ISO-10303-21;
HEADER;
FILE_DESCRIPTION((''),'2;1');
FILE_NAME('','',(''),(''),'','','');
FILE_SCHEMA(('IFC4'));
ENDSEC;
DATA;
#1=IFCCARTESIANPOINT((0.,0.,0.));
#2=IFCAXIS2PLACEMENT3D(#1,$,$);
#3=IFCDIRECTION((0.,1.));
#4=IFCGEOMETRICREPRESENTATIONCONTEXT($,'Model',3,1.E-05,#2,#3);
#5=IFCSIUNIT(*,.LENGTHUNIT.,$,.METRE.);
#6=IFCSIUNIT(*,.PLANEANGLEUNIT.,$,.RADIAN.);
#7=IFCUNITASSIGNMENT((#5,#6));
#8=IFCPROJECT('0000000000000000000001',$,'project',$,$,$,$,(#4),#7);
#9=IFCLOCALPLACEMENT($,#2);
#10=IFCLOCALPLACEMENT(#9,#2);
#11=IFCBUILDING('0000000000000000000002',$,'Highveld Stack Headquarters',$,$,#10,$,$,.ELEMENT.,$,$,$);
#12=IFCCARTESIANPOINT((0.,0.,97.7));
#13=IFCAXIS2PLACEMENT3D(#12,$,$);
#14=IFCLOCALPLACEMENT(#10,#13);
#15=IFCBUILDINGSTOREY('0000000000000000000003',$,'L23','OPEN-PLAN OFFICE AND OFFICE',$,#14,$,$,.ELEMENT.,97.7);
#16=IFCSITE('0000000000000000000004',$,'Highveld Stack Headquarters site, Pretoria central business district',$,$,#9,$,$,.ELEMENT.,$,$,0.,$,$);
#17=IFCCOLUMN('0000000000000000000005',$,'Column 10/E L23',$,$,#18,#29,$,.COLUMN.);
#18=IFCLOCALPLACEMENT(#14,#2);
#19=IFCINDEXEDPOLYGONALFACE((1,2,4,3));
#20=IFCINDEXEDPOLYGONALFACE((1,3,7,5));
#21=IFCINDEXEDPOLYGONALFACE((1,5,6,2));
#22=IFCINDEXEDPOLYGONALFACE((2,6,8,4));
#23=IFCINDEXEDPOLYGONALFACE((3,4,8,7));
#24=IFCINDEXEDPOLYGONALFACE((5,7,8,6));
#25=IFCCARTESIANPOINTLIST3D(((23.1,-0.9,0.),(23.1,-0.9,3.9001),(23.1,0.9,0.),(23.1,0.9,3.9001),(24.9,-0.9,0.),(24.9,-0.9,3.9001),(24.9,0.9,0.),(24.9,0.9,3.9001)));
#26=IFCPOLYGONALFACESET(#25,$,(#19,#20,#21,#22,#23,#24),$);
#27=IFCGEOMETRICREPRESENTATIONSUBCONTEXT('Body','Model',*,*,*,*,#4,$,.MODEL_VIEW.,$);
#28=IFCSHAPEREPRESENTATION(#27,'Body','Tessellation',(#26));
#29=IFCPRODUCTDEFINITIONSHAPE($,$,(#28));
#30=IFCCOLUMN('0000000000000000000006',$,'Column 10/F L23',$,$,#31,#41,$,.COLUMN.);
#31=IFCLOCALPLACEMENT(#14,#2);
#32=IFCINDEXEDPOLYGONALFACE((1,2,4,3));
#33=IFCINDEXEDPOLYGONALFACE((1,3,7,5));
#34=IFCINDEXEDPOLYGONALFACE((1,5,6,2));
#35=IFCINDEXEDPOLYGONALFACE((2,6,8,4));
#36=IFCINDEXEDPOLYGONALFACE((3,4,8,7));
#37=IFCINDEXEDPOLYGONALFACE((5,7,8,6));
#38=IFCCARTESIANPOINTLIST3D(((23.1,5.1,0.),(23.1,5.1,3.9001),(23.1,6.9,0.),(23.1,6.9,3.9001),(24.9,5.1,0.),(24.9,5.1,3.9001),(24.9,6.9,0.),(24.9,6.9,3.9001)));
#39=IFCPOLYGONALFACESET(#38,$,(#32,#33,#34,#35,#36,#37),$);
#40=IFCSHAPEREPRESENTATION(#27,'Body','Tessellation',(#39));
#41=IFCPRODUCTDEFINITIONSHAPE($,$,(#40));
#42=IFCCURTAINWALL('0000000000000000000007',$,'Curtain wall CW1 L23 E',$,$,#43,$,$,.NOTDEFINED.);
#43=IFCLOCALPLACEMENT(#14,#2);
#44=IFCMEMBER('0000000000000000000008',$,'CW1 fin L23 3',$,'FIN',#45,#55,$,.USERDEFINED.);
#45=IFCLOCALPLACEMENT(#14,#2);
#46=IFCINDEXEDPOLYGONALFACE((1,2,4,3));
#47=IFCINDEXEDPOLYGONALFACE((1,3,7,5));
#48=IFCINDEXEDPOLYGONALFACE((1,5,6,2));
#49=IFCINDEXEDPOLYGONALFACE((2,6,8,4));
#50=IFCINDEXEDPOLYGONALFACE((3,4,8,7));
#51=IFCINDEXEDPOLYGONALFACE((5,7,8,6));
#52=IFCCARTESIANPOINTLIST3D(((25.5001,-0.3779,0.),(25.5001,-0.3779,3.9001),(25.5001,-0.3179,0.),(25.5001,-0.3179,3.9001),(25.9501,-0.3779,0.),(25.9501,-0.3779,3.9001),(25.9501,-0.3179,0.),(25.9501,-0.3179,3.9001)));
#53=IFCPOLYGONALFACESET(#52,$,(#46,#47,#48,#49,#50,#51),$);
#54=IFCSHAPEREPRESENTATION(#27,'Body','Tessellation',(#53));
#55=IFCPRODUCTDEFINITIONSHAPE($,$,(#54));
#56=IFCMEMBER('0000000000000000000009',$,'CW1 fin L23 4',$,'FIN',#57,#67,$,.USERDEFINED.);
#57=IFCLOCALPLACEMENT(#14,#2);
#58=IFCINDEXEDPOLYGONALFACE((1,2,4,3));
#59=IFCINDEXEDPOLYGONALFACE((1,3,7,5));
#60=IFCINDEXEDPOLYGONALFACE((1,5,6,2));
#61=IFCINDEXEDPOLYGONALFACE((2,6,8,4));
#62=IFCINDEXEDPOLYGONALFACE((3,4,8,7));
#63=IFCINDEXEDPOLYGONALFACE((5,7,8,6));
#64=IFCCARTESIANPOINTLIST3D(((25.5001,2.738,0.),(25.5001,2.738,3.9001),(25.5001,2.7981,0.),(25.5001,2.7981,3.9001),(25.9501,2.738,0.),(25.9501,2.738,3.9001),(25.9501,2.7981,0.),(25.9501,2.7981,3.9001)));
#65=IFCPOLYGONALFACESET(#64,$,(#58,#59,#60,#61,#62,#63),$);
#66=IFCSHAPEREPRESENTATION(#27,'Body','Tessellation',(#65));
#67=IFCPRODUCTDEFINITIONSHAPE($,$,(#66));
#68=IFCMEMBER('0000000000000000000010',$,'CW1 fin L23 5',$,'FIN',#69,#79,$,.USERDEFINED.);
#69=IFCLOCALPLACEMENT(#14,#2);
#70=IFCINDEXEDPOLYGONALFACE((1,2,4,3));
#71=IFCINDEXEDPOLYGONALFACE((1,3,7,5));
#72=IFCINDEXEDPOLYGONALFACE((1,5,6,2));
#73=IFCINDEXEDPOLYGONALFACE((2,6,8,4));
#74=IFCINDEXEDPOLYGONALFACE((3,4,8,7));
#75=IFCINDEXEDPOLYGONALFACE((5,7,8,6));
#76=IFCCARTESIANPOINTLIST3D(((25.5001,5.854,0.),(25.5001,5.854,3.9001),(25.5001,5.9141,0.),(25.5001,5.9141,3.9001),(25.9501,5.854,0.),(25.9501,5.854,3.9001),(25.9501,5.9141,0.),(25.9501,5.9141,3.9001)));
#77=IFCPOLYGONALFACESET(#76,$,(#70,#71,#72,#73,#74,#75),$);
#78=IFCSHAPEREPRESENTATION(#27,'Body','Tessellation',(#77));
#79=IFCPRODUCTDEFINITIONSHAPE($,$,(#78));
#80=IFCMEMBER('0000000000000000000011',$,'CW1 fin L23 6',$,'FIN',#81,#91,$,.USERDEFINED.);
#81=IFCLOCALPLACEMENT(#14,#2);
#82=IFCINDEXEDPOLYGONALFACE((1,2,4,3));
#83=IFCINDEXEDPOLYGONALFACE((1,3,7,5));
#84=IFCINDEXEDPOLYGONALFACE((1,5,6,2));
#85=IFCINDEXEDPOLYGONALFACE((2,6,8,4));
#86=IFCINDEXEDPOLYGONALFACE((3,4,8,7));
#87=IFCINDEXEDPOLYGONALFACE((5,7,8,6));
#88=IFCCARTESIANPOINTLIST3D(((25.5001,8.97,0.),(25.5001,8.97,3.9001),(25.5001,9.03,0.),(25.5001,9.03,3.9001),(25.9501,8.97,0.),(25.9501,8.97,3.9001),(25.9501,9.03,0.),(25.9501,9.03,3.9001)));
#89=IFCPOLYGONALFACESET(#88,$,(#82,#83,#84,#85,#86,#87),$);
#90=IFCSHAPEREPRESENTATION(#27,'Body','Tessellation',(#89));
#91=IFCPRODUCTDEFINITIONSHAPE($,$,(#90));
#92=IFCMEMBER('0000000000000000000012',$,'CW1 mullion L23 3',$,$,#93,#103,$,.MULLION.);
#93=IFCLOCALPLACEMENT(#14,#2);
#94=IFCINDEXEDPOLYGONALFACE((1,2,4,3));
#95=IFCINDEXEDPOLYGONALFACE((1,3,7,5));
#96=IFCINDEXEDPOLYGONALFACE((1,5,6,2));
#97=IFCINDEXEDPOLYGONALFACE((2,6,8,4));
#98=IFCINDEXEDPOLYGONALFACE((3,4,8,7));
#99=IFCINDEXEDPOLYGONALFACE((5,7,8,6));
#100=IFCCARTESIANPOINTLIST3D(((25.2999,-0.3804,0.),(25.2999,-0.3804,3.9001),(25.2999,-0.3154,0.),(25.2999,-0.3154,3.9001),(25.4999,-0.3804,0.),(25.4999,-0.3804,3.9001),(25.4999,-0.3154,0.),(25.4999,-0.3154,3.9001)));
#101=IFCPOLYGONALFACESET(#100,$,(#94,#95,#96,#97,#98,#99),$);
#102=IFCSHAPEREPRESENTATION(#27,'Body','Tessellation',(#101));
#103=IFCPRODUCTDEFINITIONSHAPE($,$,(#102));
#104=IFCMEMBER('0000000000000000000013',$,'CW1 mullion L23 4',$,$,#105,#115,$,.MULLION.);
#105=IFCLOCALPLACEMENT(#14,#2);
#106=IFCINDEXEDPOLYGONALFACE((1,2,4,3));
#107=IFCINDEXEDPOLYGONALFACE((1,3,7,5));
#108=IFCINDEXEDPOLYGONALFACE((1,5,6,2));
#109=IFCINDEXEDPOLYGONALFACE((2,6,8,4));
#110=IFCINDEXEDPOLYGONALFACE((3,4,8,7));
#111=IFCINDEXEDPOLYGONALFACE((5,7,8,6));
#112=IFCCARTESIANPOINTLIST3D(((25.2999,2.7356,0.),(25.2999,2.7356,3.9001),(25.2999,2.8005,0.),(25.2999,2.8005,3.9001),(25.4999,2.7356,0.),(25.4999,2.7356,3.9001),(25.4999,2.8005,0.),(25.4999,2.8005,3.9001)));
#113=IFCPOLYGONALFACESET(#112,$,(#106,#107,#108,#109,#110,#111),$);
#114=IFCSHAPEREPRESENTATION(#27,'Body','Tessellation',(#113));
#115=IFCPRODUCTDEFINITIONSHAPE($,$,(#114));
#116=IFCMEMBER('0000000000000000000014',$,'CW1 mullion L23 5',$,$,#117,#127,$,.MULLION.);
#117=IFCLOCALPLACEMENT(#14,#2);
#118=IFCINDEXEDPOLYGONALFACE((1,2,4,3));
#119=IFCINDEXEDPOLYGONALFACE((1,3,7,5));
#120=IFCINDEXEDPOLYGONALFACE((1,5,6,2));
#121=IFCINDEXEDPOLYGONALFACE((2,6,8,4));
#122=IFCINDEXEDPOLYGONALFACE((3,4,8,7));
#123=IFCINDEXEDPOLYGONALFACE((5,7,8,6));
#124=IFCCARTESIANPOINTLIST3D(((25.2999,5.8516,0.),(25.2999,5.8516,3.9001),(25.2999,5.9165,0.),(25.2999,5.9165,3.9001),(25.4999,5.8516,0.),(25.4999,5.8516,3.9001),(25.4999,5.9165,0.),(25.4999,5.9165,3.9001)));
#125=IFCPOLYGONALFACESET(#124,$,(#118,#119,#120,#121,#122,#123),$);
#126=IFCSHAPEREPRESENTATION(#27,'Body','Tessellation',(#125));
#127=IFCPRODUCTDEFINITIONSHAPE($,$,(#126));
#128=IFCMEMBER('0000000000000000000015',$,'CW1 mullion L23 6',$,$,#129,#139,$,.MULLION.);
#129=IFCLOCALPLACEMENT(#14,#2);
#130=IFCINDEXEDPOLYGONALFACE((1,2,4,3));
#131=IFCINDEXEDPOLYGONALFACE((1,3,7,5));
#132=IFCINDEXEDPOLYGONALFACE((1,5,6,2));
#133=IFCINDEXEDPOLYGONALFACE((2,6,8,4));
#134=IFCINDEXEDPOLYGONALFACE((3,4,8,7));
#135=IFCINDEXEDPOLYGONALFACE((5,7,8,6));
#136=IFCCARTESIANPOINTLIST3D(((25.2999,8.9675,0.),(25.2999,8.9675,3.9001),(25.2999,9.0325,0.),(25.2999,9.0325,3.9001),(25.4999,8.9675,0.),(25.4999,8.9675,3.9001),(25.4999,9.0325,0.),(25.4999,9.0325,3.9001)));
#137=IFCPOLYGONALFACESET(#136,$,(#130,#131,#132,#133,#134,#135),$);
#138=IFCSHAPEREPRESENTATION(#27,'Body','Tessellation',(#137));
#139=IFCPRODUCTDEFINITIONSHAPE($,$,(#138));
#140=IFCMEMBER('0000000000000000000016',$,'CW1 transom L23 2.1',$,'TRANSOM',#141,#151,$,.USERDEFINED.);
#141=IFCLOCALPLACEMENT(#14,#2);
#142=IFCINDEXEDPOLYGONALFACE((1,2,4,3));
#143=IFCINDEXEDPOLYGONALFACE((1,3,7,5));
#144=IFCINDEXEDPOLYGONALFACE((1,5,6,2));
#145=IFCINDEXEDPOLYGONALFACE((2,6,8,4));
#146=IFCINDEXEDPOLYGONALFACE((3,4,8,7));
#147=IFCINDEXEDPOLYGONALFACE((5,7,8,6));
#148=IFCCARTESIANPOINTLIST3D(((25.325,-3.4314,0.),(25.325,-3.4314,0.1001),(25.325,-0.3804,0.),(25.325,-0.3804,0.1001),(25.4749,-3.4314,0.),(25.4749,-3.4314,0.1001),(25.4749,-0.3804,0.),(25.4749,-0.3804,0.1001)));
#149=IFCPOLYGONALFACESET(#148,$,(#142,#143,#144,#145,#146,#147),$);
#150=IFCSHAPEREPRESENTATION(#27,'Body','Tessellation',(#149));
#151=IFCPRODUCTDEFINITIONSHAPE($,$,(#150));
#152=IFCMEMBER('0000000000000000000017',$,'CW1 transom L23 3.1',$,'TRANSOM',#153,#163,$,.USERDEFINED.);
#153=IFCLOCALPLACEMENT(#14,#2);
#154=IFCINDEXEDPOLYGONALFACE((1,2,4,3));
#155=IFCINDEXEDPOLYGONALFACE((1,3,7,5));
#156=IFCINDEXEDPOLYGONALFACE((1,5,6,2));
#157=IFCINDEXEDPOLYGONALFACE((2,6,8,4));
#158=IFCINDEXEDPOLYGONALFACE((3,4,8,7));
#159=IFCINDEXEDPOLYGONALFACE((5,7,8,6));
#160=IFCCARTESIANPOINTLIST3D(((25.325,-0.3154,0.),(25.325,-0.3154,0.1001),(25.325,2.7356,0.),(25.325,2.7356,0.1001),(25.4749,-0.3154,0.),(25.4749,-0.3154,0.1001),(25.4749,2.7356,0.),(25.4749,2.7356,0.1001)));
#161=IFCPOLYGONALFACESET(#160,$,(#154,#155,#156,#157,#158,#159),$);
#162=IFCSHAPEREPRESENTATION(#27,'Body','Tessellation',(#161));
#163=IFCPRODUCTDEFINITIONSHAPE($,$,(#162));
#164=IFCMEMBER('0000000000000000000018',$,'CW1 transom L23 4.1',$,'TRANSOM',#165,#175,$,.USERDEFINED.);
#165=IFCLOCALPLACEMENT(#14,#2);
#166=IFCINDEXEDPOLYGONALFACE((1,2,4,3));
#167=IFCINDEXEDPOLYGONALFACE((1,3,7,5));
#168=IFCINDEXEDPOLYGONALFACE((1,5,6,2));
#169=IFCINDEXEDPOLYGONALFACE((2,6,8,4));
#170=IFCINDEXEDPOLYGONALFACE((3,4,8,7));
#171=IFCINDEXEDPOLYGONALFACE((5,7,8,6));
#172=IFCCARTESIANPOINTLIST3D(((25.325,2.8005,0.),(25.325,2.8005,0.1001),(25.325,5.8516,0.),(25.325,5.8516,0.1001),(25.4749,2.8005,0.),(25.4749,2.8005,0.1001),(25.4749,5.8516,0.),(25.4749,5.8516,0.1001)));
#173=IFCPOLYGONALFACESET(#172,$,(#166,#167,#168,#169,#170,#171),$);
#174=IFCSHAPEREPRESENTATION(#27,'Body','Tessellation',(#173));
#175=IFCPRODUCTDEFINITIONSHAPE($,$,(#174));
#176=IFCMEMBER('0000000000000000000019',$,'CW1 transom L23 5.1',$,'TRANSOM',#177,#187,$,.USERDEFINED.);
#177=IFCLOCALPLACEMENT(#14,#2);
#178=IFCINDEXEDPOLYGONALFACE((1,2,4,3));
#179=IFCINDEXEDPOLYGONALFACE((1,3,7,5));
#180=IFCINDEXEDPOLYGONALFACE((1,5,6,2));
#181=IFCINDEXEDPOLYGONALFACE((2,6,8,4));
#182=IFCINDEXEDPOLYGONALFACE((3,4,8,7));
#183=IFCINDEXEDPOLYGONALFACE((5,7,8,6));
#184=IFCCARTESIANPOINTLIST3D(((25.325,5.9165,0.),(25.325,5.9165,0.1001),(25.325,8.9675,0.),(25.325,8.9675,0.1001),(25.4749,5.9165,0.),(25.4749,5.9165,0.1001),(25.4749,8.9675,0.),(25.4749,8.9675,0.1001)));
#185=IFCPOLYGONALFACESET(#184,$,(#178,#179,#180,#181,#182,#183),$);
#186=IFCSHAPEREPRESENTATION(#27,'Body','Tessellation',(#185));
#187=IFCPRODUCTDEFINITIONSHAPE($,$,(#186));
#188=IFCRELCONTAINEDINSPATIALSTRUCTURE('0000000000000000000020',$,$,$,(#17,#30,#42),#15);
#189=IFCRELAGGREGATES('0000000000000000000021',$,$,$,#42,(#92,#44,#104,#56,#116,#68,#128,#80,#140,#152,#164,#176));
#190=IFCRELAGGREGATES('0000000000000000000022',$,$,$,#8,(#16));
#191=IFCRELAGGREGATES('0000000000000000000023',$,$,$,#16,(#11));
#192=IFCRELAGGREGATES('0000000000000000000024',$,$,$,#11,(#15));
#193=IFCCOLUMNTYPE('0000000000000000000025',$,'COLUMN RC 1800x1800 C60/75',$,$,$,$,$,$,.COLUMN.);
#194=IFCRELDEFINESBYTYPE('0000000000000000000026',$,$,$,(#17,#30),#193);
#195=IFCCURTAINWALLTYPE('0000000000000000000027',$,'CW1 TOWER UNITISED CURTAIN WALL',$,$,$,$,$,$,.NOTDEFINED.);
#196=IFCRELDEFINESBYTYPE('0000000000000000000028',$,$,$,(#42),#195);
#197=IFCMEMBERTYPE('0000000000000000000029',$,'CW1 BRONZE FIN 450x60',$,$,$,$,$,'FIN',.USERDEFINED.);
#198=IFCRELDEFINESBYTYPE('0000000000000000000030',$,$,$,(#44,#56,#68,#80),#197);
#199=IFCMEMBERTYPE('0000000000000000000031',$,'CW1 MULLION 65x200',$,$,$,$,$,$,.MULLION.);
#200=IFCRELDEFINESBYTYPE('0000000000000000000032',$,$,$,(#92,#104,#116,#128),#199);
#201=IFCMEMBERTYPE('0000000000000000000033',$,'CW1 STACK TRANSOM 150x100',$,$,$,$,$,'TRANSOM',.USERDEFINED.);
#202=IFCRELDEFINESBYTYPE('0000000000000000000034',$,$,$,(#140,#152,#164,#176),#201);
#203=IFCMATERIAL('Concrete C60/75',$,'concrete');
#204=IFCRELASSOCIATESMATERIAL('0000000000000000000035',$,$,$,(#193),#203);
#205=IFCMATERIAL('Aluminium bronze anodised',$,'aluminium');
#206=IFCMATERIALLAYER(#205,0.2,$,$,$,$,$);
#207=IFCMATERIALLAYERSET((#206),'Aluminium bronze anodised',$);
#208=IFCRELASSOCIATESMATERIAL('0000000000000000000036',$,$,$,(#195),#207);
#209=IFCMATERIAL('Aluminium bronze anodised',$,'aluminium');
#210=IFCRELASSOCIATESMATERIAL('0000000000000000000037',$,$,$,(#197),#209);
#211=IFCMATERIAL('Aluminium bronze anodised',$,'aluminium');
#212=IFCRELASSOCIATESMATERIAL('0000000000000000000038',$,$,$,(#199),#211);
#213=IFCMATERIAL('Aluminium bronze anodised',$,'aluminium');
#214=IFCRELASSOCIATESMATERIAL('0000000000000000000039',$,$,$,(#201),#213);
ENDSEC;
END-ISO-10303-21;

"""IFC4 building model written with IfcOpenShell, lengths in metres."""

from ifc_helpers import new_model, si_unit, direction, frame, origin, origin_2d, place, context, subcontext, project, spatial, rectangle, extrude, material, layer, layer_set, material_profile, profile_set, type_object, element, aggregate, save


model = new_model("IFC4")

# Units and contexts
model_context = context("Model", 3, precision=1e-05, world=origin(), true_north=direction((0.0, 1.0)))
body_context = subcontext(model_context, "Body", "Model", "MODEL_VIEW")
ifc_project = project(units=[si_unit("LENGTHUNIT", "METRE"), si_unit("PLANEANGLEUNIT", "RADIAN")], contexts=[model_context])

# Site, building, storey
site_placement = place(None, origin())
site = spatial("IfcSite", under=ifc_project, at=site_placement, Name="Highveld Stack Headquarters site, Pretoria central business district", CompositionType="ELEMENT", RefElevation=0.0)
building_placement = place(site_placement, origin())
building = spatial("IfcBuilding", under=site, at=building_placement, Name="Highveld Stack Headquarters", CompositionType="ELEMENT")
storey_placement = place(building_placement, frame((0.0, 0.0, 97.7)))
storey = spatial("IfcBuildingStorey", under=building, at=storey_placement, Name="L23", Description="OPEN-PLAN OFFICE AND OFFICE", CompositionType="ELEMENT", Elevation=97.7)

# Columns
ifc_material_1 = material(Name="Concrete C60/75", Category="concrete")
ifc_material_profile_1 = material_profile(ifc_material_1, rectangle(XDim=1.8, YDim=1.8, at=origin_2d()), Name="RC 1800x1800")
ifc_profile_set_1 = profile_set([ifc_material_profile_1], Name="Concrete C60/75")
column_type = type_object("IfcColumnType", Name="COLUMN RC 1800x1800 C60/75", PredefinedType="COLUMN", material=ifc_profile_set_1)
for number, where, z_axis, x_axis, name in (
    (1, (24.0, 0.0, 0.0), (0.0, 0.0, 1.0), (1.0, 0.0, 0.0), "Column 10/E L23"),
    (2, (24.0, 6.0, 0.0), (0.0, 0.0, 1.0), (1.0, 0.0, 0.0), "Column 10/F L23"),
):
    element("IfcColumn", number, at=place(storey_placement, frame(where, z_axis=z_axis, x_axis=x_axis)), inside=storey, type_object=column_type, Name=name, PredefinedType="COLUMN", context=body_context, shape_type="SweptSolid", body=[
        extrude(rectangle(XDim=1.8, YDim=1.8, at=origin_2d()), origin(), (0.0, 0.0, 1.0), 3.9001),
    ])

# Curtain wall, members
ifc_material_2 = material(Name="Aluminium bronze anodised", Category="aluminium")
ifc_layer_1 = layer(ifc_material_2, 0.2)
ifc_layer_set_1 = layer_set([ifc_layer_1], Name="Aluminium bronze anodised")
curtain_wall_type = type_object("IfcCurtainWallType", Name="CW1 TOWER UNITISED CURTAIN WALL", PredefinedType="NOTDEFINED", material=ifc_layer_set_1)
curtain_wall_placement = place(storey_placement, origin())
curtain_wall = element("IfcCurtainWall", 3, at=curtain_wall_placement, inside=storey, type_object=curtain_wall_type, Name="Curtain wall CW1 L23 E", PredefinedType="NOTDEFINED")
ifc_material_3 = material(Name="Aluminium bronze anodised", Category="aluminium")
ifc_material_profile_2 = material_profile(ifc_material_3, rectangle(XDim=0.45, YDim=0.0601, at=origin_2d()), Name="FIN 450x60")
ifc_profile_set_2 = profile_set([ifc_material_profile_2], Name="Aluminium bronze anodised")
member_type_1 = type_object("IfcMemberType", Name="CW1 BRONZE FIN 450x60", ElementType="FIN", PredefinedType="USERDEFINED", material=ifc_profile_set_2)
member_1_placement = place(storey_placement, frame((25.7251, -0.3479, 0.0), z_axis=(0.0, 0.0, 1.0), x_axis=(-1.0, 0.0, 0.0)))
member_1 = element("IfcMember", 4, at=member_1_placement, type_object=member_type_1, Name="CW1 fin L23 3", ObjectType="FIN", PredefinedType="USERDEFINED", context=body_context, shape_type="SweptSolid", body=[
    extrude(rectangle(XDim=0.45, YDim=0.0601, at=origin_2d()), origin(), (0.0, 0.0, 1.0), 3.9001),
])
member_2_placement = place(storey_placement, frame((25.7251, 2.7681, 0.0), z_axis=(0.0, 0.0, 1.0), x_axis=(-1.0, 0.0, 0.0)))
member_2 = element("IfcMember", 5, at=member_2_placement, type_object=member_type_1, Name="CW1 fin L23 4", ObjectType="FIN", PredefinedType="USERDEFINED", context=body_context, shape_type="SweptSolid", body=[
    extrude(rectangle(XDim=0.45, YDim=0.0601, at=origin_2d()), origin(), (0.0, 0.0, 1.0), 3.9001),
])
member_3_placement = place(storey_placement, frame((25.7251, 5.884, 0.0), z_axis=(0.0, 0.0, 1.0), x_axis=(-1.0, 0.0, 0.0)))
member_3 = element("IfcMember", 6, at=member_3_placement, type_object=member_type_1, Name="CW1 fin L23 5", ObjectType="FIN", PredefinedType="USERDEFINED", context=body_context, shape_type="SweptSolid", body=[
    extrude(rectangle(XDim=0.45, YDim=0.0601, at=origin_2d()), origin(), (0.0, 0.0, 1.0), 3.9001),
])
member_4_placement = place(storey_placement, frame((25.7251, 9.0, 0.0), z_axis=(0.0, 0.0, 1.0), x_axis=(-1.0, 0.0, 0.0)))
member_4 = element("IfcMember", 7, at=member_4_placement, type_object=member_type_1, Name="CW1 fin L23 6", ObjectType="FIN", PredefinedType="USERDEFINED", context=body_context, shape_type="SweptSolid", body=[
    extrude(rectangle(XDim=0.45, YDim=0.0601, at=origin_2d()), origin(), (0.0, 0.0, 1.0), 3.9001),
])
ifc_material_4 = material(Name="Aluminium bronze anodised", Category="aluminium")
ifc_material_profile_3 = material_profile(ifc_material_4, rectangle(XDim=0.2, YDim=0.0649, at=origin_2d()), Name="CW1 MULLION 65x200")
ifc_profile_set_3 = profile_set([ifc_material_profile_3], Name="Aluminium bronze anodised")
member_type_2 = type_object("IfcMemberType", Name="CW1 MULLION 65x200", PredefinedType="MULLION", material=ifc_profile_set_3)
member_5_placement = place(storey_placement, frame((25.3999, -0.3479, 0.0), z_axis=(0.0, 0.0, 1.0), x_axis=(-1.0, 0.0, 0.0)))
member_5 = element("IfcMember", 8, at=member_5_placement, type_object=member_type_2, Name="CW1 mullion L23 3", PredefinedType="MULLION", context=body_context, shape_type="SweptSolid", body=[
    extrude(rectangle(XDim=0.2, YDim=0.0649, at=origin_2d()), origin(), (0.0, 0.0, 1.0), 3.9001),
])
member_6_placement = place(storey_placement, frame((25.3999, 2.7681, 0.0), z_axis=(0.0, 0.0, 1.0), x_axis=(-1.0, 0.0, 0.0)))
member_6 = element("IfcMember", 9, at=member_6_placement, type_object=member_type_2, Name="CW1 mullion L23 4", PredefinedType="MULLION", context=body_context, shape_type="SweptSolid", body=[
    extrude(rectangle(XDim=0.2, YDim=0.0649, at=origin_2d()), origin(), (0.0, 0.0, 1.0), 3.9001),
])
member_7_placement = place(storey_placement, frame((25.3999, 5.884, 0.0), z_axis=(0.0, 0.0, 1.0), x_axis=(-1.0, 0.0, 0.0)))
member_7 = element("IfcMember", 10, at=member_7_placement, type_object=member_type_2, Name="CW1 mullion L23 5", PredefinedType="MULLION", context=body_context, shape_type="SweptSolid", body=[
    extrude(rectangle(XDim=0.2, YDim=0.0649, at=origin_2d()), origin(), (0.0, 0.0, 1.0), 3.9001),
])
member_8_placement = place(storey_placement, frame((25.3999, 9.0, 0.0), z_axis=(0.0, 0.0, 1.0), x_axis=(-1.0, 0.0, 0.0)))
member_8 = element("IfcMember", 11, at=member_8_placement, type_object=member_type_2, Name="CW1 mullion L23 6", PredefinedType="MULLION", context=body_context, shape_type="SweptSolid", body=[
    extrude(rectangle(XDim=0.2, YDim=0.0649, at=origin_2d()), origin(), (0.0, 0.0, 1.0), 3.9001),
])
ifc_material_5 = material(Name="Aluminium bronze anodised", Category="aluminium")
ifc_material_profile_4 = material_profile(ifc_material_5, rectangle(XDim=0.1499, YDim=0.1001, at=origin_2d()), Name="CW1 TRANSOM 150x100")
ifc_profile_set_4 = profile_set([ifc_material_profile_4], Name="Aluminium bronze anodised")
member_type_3 = type_object("IfcMemberType", Name="CW1 STACK TRANSOM 150x100", ElementType="TRANSOM", PredefinedType="USERDEFINED", material=ifc_profile_set_4)
member_9_placement = place(storey_placement, frame((25.3999, -3.4314, 0.05), z_axis=(0.0, 1.0, 0.0), x_axis=(-1.0, 0.0, 0.0)))
member_9 = element("IfcMember", 12, at=member_9_placement, type_object=member_type_3, Name="CW1 transom L23 2.1", ObjectType="TRANSOM", PredefinedType="USERDEFINED", context=body_context, shape_type="SweptSolid", body=[
    extrude(rectangle(XDim=0.1499, YDim=0.1001, at=origin_2d()), origin(), (0.0, 0.0, 1.0), 3.051),
])
member_10_placement = place(storey_placement, frame((25.3999, -0.3154, 0.05), z_axis=(0.0, 1.0, 0.0), x_axis=(-1.0, 0.0, 0.0)))
member_10 = element("IfcMember", 13, at=member_10_placement, type_object=member_type_3, Name="CW1 transom L23 3.1", ObjectType="TRANSOM", PredefinedType="USERDEFINED", context=body_context, shape_type="SweptSolid", body=[
    extrude(rectangle(XDim=0.1499, YDim=0.1001, at=origin_2d()), origin(), (0.0, 0.0, 1.0), 3.051),
])
member_11_placement = place(storey_placement, frame((25.3999, 2.8005, 0.05), z_axis=(0.0, 1.0, 0.0), x_axis=(-1.0, 0.0, 0.0)))
member_11 = element("IfcMember", 14, at=member_11_placement, type_object=member_type_3, Name="CW1 transom L23 4.1", ObjectType="TRANSOM", PredefinedType="USERDEFINED", context=body_context, shape_type="SweptSolid", body=[
    extrude(rectangle(XDim=0.1499, YDim=0.1001, at=origin_2d()), origin(), (0.0, 0.0, 1.0), 3.051),
])
member_12_placement = place(storey_placement, frame((25.3999, 5.9165, 0.05), z_axis=(0.0, 1.0, 0.0), x_axis=(-1.0, 0.0, 0.0)))
member_12 = element("IfcMember", 15, at=member_12_placement, type_object=member_type_3, Name="CW1 transom L23 5.1", ObjectType="TRANSOM", PredefinedType="USERDEFINED", context=body_context, shape_type="SweptSolid", body=[
    extrude(rectangle(XDim=0.1499, YDim=0.1001, at=origin_2d()), origin(), (0.0, 0.0, 1.0), 3.051),
])
aggregate(curtain_wall, [member_5, member_1, member_6, member_2, member_7, member_3, member_8, member_4, member_9, member_10, member_11, member_12])

save(model, "model.ifc")
